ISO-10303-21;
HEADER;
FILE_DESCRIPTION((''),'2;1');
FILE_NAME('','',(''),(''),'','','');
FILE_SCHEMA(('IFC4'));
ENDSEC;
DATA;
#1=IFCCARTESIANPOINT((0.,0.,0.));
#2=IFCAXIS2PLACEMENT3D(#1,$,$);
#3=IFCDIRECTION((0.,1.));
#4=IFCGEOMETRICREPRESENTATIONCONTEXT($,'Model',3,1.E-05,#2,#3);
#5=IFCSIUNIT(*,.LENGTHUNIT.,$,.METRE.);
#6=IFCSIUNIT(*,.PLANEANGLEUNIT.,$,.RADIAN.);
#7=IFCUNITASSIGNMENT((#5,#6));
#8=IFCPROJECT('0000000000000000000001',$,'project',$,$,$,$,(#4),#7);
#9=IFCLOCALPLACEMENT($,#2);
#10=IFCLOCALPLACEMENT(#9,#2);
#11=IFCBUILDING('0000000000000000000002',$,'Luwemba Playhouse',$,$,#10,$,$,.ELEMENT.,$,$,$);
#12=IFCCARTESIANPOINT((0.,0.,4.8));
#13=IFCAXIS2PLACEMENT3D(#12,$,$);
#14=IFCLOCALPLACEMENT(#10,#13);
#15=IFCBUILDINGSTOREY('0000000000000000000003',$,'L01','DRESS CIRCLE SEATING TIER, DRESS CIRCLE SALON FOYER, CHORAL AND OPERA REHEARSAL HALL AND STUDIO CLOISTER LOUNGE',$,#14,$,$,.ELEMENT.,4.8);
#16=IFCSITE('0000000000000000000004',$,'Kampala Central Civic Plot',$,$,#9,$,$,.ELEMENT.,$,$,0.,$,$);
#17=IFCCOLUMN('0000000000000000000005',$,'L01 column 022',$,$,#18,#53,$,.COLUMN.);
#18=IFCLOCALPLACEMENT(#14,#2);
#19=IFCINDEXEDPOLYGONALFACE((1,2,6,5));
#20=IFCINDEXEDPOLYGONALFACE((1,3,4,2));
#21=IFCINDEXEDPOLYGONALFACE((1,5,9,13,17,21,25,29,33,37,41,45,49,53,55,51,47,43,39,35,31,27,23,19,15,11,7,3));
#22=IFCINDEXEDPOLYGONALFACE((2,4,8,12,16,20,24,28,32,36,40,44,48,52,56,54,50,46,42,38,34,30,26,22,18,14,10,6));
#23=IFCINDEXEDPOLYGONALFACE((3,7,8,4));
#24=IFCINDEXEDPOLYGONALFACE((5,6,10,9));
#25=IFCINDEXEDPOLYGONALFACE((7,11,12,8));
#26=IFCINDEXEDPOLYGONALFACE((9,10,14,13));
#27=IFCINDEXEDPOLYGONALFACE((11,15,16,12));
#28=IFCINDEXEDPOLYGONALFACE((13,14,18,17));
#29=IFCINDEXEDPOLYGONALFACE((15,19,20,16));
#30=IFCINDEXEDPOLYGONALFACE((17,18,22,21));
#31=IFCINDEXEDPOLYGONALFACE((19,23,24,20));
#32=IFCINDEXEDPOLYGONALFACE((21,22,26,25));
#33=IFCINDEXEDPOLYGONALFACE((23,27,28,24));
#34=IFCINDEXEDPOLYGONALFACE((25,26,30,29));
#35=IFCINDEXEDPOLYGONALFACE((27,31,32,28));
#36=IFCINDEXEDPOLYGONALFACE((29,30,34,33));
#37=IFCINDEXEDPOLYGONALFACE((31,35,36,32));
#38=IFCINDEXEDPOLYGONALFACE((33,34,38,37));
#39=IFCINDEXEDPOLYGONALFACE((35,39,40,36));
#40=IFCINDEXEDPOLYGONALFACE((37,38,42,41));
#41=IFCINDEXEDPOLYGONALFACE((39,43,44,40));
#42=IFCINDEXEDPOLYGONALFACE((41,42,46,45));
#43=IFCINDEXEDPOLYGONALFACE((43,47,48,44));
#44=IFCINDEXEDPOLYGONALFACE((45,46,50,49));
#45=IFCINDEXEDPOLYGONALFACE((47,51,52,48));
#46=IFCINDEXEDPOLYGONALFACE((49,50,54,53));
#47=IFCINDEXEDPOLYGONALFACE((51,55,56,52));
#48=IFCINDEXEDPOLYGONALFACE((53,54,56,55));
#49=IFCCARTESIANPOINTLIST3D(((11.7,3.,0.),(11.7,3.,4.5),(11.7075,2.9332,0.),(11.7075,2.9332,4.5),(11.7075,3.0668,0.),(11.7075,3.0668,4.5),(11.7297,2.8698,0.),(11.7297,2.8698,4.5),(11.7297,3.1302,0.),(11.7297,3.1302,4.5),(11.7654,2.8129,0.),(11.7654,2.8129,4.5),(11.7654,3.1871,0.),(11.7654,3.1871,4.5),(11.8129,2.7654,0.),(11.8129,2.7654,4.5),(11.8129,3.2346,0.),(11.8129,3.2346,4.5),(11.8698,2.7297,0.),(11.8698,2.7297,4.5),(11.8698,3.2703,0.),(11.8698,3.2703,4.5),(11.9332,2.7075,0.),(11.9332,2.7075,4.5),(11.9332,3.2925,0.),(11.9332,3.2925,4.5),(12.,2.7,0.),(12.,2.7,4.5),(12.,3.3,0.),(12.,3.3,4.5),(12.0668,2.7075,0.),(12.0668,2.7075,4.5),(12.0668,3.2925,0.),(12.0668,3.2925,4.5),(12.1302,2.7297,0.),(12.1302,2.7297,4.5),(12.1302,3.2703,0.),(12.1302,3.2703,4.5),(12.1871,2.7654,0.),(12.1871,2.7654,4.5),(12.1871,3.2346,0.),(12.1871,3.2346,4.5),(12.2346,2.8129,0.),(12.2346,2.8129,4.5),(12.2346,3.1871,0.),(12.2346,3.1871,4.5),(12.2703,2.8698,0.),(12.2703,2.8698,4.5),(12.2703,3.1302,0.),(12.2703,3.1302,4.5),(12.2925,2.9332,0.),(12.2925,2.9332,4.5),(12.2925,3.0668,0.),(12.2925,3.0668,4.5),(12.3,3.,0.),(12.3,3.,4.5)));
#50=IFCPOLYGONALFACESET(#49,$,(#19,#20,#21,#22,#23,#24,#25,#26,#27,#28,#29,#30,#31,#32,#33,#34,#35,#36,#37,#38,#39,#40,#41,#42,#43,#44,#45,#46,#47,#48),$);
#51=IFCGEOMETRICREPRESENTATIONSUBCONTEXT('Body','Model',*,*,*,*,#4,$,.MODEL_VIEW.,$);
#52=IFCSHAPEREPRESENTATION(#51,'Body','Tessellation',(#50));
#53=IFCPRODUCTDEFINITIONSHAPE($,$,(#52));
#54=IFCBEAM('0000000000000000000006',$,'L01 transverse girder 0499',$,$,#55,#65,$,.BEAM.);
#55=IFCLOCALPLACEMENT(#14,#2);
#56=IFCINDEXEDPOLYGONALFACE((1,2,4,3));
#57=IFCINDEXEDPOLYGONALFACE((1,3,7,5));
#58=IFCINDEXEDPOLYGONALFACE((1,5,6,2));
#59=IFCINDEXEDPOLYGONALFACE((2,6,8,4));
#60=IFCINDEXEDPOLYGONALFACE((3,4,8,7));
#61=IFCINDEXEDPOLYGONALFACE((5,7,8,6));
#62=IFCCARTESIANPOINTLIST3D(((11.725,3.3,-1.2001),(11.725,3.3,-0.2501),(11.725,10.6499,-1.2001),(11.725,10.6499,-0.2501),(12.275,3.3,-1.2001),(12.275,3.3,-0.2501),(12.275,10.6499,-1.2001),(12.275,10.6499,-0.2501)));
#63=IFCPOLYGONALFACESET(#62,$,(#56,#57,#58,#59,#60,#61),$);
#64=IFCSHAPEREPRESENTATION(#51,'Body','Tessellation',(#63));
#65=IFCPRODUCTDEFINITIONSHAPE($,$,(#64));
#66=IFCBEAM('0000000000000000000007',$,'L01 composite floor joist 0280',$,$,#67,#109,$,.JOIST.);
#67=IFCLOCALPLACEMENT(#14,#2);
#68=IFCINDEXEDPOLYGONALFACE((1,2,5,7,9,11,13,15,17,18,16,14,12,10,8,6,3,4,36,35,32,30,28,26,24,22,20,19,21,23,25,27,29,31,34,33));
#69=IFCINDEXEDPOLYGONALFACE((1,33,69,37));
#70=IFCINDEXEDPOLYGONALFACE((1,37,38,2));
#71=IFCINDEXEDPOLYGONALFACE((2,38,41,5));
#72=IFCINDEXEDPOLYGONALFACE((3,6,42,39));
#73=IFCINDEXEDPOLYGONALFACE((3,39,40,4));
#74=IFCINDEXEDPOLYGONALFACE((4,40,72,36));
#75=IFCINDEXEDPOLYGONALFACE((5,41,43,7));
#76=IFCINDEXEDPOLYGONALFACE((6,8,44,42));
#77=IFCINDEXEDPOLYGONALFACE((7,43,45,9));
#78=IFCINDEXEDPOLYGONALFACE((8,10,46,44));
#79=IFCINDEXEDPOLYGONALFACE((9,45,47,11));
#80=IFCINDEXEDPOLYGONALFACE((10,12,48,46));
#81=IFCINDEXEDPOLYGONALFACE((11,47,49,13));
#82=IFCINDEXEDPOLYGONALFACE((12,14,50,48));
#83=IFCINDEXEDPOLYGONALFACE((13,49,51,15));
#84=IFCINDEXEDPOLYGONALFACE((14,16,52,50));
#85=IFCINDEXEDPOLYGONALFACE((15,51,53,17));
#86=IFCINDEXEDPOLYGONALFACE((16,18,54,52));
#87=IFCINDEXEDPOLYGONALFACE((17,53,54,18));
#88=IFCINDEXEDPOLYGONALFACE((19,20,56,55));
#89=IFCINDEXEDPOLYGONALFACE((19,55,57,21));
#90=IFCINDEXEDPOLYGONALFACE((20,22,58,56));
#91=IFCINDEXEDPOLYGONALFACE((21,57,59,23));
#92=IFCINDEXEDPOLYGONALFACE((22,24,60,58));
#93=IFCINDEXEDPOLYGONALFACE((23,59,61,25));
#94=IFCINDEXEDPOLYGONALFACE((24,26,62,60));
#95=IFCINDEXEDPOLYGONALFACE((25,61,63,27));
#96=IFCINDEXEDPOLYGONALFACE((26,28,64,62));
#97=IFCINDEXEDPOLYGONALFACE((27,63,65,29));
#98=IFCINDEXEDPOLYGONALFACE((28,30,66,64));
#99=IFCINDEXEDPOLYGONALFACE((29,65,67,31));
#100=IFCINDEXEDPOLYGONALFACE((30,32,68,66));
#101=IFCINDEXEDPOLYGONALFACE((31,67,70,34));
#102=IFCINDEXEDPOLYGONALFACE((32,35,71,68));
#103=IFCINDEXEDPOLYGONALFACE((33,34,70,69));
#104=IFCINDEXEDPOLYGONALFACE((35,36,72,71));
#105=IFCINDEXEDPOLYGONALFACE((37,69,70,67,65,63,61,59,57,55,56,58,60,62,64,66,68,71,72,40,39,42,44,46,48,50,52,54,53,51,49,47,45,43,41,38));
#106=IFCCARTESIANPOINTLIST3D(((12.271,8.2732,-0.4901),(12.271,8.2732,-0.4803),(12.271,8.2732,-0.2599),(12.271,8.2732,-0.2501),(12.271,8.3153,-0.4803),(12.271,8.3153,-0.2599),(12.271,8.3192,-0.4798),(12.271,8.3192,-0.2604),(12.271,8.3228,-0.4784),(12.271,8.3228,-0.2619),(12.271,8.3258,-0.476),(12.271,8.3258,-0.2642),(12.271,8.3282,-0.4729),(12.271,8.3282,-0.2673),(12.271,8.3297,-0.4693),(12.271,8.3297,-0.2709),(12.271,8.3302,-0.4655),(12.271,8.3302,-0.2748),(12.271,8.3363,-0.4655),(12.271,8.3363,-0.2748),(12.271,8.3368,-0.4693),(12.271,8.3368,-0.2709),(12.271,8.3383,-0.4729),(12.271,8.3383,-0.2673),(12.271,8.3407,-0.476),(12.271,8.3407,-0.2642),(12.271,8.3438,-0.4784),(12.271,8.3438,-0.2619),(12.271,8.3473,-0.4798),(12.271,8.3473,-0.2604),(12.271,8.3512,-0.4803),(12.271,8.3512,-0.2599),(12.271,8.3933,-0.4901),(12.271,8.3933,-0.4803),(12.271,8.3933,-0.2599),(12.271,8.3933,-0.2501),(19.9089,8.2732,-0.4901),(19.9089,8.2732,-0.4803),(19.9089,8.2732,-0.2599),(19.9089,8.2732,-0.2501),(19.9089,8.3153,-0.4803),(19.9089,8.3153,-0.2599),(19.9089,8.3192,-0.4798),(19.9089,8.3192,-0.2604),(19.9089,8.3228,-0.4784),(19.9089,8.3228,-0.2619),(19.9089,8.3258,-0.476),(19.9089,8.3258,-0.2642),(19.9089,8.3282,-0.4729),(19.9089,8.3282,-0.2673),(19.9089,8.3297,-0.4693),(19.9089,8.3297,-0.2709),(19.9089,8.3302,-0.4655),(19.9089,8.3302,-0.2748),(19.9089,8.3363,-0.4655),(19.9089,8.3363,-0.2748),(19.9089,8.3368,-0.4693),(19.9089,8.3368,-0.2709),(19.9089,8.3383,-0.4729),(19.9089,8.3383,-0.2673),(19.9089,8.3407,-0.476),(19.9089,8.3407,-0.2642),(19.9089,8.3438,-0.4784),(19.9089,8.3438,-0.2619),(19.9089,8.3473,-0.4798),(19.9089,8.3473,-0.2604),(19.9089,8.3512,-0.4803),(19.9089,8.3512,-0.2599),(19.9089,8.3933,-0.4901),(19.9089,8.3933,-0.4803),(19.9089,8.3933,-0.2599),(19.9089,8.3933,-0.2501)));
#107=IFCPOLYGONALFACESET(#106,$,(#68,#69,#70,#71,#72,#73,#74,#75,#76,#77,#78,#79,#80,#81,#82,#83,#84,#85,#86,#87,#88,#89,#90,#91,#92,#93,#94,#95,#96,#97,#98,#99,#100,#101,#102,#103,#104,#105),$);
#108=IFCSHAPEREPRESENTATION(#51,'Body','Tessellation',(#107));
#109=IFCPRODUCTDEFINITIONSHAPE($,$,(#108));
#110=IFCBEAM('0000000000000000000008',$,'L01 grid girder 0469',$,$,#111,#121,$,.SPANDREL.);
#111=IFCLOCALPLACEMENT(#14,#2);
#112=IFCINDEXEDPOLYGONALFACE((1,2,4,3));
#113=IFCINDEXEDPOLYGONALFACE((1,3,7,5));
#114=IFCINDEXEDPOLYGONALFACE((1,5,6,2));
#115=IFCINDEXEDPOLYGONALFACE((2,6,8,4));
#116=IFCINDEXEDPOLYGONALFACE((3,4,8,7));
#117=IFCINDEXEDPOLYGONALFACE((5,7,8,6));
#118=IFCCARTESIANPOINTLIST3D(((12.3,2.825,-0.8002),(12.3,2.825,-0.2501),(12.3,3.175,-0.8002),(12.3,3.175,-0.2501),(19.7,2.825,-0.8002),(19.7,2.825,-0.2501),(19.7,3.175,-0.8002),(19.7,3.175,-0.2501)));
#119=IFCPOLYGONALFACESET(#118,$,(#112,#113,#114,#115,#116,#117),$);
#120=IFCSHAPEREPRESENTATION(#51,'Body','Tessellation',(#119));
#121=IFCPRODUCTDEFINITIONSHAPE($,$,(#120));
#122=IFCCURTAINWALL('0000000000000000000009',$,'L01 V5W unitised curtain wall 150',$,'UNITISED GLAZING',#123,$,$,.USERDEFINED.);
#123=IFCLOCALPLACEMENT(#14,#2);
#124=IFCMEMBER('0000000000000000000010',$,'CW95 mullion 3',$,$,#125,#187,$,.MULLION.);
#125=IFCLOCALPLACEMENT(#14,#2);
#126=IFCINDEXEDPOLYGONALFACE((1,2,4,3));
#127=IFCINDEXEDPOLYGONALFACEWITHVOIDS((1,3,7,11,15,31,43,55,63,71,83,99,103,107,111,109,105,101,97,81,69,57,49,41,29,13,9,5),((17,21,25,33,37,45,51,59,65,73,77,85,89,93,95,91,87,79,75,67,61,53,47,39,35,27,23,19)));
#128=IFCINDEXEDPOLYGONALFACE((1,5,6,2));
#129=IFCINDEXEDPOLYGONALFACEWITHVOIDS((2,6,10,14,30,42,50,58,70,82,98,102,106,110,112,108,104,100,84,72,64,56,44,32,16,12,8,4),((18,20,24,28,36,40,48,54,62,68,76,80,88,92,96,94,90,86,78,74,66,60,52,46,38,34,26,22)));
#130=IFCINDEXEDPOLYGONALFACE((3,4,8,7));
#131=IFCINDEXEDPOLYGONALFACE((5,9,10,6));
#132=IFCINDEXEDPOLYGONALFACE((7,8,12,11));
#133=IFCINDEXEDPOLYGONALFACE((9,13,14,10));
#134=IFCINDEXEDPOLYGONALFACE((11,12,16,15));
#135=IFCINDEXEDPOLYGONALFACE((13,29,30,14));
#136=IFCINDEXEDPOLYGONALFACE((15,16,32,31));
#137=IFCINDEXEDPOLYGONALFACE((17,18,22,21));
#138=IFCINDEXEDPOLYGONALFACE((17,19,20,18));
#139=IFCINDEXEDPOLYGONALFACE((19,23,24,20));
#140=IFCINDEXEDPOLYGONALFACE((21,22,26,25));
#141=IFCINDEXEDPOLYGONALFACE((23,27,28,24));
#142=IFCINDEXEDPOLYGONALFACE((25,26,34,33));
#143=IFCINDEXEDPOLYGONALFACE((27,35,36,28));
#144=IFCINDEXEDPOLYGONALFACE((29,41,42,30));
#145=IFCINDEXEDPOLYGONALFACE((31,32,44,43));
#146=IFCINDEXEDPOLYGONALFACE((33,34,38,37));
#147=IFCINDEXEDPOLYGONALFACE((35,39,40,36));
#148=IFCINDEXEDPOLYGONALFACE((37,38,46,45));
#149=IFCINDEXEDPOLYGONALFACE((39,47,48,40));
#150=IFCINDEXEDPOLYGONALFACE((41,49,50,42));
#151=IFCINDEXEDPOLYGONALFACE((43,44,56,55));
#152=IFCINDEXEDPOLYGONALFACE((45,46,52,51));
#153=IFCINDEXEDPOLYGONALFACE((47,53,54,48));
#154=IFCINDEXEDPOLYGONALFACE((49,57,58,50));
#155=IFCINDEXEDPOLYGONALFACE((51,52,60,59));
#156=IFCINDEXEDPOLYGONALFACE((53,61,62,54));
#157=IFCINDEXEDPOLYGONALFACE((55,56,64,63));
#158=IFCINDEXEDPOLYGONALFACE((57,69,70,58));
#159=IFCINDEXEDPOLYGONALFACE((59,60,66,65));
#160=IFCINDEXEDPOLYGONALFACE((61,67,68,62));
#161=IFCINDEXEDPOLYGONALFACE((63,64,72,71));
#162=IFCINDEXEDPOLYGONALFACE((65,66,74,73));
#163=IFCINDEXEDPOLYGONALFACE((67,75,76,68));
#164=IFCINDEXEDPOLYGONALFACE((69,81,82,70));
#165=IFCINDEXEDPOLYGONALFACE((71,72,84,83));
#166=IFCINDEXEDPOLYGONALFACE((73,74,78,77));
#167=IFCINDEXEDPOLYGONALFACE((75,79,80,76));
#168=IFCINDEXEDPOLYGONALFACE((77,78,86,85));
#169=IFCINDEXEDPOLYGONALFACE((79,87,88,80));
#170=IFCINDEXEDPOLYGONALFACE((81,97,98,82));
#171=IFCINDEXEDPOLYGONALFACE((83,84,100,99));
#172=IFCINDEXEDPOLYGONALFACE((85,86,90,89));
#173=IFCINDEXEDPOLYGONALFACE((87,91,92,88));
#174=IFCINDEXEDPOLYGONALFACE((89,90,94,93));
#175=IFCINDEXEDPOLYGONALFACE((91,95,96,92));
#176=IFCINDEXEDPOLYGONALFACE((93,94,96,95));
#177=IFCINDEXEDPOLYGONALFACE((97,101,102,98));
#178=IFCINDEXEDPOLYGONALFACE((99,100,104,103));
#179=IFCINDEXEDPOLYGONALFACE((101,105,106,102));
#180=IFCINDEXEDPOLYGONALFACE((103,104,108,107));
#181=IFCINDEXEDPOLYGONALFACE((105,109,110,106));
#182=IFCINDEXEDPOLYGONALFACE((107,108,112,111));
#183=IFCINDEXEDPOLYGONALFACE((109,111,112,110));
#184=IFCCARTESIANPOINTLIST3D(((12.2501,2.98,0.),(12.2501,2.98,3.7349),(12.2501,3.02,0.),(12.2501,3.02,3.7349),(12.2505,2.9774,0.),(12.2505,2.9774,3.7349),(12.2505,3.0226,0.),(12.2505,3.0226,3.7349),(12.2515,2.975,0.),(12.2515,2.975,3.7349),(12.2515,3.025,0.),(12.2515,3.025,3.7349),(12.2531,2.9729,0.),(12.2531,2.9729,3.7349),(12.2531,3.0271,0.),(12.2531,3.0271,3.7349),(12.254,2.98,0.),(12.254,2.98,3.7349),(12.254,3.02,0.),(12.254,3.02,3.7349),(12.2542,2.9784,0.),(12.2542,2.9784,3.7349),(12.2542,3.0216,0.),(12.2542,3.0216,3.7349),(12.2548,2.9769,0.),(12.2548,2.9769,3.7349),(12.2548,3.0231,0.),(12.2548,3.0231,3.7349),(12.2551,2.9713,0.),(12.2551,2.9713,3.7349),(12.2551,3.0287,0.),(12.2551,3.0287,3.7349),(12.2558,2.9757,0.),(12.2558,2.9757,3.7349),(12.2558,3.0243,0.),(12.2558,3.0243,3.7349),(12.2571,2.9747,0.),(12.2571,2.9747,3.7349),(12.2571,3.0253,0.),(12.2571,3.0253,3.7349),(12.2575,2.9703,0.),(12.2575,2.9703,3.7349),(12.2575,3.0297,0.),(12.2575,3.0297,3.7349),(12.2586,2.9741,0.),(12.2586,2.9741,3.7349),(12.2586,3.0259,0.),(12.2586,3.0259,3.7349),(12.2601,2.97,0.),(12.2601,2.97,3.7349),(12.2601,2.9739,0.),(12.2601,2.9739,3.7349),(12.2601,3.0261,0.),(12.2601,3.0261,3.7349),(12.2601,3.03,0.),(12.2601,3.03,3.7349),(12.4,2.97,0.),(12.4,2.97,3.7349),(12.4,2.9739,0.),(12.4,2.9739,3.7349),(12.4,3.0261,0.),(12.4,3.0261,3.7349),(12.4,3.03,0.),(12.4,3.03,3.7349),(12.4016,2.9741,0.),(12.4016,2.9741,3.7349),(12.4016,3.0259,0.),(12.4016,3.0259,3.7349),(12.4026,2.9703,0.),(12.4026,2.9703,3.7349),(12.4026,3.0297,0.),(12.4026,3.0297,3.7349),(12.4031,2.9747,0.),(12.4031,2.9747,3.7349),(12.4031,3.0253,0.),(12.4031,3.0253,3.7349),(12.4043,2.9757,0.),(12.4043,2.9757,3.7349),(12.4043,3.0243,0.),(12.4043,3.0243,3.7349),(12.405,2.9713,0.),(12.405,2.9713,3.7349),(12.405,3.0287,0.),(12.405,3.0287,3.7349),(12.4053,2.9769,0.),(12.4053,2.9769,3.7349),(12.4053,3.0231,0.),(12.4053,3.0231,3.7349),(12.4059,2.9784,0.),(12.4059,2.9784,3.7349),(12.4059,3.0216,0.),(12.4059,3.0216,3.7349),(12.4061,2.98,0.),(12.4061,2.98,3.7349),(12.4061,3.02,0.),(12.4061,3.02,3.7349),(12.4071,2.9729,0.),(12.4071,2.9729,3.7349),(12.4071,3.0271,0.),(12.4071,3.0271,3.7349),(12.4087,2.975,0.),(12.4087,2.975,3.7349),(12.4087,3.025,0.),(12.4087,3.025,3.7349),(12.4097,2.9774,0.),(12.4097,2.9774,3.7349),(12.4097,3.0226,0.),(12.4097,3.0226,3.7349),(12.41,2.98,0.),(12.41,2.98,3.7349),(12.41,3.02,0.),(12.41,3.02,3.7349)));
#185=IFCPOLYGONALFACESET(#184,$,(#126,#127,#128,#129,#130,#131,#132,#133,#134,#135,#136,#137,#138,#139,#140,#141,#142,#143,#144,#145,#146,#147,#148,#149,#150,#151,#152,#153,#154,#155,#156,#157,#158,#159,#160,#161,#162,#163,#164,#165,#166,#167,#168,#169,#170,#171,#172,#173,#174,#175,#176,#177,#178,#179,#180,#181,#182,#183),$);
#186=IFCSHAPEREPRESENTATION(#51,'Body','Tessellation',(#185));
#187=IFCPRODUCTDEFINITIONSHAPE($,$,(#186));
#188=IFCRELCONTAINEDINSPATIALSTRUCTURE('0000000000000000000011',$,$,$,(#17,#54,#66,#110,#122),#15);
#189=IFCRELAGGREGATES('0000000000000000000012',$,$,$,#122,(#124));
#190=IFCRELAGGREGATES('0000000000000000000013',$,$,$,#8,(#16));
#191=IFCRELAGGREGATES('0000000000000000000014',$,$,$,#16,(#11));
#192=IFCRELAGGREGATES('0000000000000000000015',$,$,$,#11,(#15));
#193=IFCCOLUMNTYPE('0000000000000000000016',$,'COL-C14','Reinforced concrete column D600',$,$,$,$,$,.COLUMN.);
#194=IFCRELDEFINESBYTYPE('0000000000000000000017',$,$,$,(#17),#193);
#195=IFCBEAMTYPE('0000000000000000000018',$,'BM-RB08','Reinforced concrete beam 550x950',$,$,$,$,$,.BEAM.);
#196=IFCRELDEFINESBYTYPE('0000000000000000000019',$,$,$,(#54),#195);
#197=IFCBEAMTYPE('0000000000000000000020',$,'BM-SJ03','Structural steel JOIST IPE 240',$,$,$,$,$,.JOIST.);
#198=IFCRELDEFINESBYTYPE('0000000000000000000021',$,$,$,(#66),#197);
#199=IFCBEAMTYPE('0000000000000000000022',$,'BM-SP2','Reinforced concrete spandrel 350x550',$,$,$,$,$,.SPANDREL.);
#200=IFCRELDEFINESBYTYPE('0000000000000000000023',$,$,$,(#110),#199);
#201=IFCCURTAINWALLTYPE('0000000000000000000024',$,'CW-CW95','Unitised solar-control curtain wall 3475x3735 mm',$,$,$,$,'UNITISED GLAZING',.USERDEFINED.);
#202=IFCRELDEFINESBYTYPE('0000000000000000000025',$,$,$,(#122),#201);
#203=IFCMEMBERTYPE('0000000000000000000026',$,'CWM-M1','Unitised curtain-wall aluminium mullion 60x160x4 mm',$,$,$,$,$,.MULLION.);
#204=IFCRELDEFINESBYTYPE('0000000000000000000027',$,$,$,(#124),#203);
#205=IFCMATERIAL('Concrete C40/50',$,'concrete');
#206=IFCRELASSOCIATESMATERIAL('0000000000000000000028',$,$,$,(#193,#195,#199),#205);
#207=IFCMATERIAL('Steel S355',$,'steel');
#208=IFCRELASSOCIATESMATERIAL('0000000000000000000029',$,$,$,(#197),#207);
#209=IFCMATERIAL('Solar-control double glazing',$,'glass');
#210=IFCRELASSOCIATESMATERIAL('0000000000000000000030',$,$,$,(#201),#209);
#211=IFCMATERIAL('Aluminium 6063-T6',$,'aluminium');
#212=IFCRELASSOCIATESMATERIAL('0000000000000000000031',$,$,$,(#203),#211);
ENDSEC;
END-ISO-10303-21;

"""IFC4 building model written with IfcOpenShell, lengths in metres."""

from ifc_helpers import new_model, si_unit, direction, frame, origin, origin_2d, place, context, subcontext, project, spatial, rectangle, hollow_rectangle, circle, i_section, extrude, material, material_profile, profile_set, type_object, element, aggregate, save


model = new_model("IFC4")

# Units and contexts
model_context = context("Model", 3, precision=1e-05, world=origin(), true_north=direction((0.0, 1.0)))
body_context = subcontext(model_context, "Body", "Model", "MODEL_VIEW")
ifc_project = project(units=[si_unit("LENGTHUNIT", "METRE"), si_unit("PLANEANGLEUNIT", "RADIAN")], contexts=[model_context])

# Site, building, storey
site_placement = place(None, origin())
site = spatial("IfcSite", under=ifc_project, at=site_placement, Name="Kampala Central Civic Plot", CompositionType="ELEMENT", RefElevation=0.0)
building_placement = place(site_placement, origin())
building = spatial("IfcBuilding", under=site, at=building_placement, Name="Luwemba Playhouse", CompositionType="ELEMENT")
storey_placement = place(building_placement, frame((0.0, 0.0, 4.8)))
storey = spatial("IfcBuildingStorey", under=building, at=storey_placement, Name="L01", Description="DRESS CIRCLE SEATING TIER, DRESS CIRCLE SALON FOYER, CHORAL AND OPERA REHEARSAL HALL AND STUDIO CLOISTER LOUNGE", CompositionType="ELEMENT", Elevation=4.8)

# Column
ifc_material_1 = material(Name="Concrete C40/50", Category="concrete")
ifc_material_profile_1 = material_profile(ifc_material_1, circle(Radius=0.3, at=origin_2d()))
ifc_profile_set_1 = profile_set([ifc_material_profile_1], Name="Concrete C40/50")
column_type = type_object("IfcColumnType", Name="COL-C14", Description="Reinforced concrete column D600", PredefinedType="COLUMN", material=ifc_profile_set_1)
column_placement = place(storey_placement, frame((12.0, 3.0, 0.0), z_axis=(0.0, 0.0, 1.0), x_axis=(1.0, 0.0, 0.0)))
element("IfcColumn", 1, at=column_placement, inside=storey, type_object=column_type, Name="L01 column 022", PredefinedType="COLUMN", context=body_context, shape_type="SweptSolid", body=[
    extrude(circle(Radius=0.3, at=origin_2d()), origin(), (0.0, 0.0, 1.0), 4.5),
])

# Beams
ifc_material_profile_2 = material_profile(ifc_material_1, rectangle(XDim=0.55, YDim=0.95, at=origin_2d()))
ifc_profile_set_2 = profile_set([ifc_material_profile_2], Name="Concrete C40/50")
beam_type_1 = type_object("IfcBeamType", Name="BM-RB08", Description="Reinforced concrete beam 550x950", PredefinedType="BEAM", material=ifc_profile_set_2)
beam_1_placement = place(storey_placement, frame((12.0, 3.3, -0.7251), z_axis=(0.0, 1.0, 0.0), x_axis=(-1.0, 0.0, 0.0)))
element("IfcBeam", 2, at=beam_1_placement, inside=storey, type_object=beam_type_1, Name="L01 transverse girder 0499", PredefinedType="BEAM", context=body_context, shape_type="SweptSolid", body=[
    extrude(rectangle(XDim=0.55, YDim=0.95, at=origin_2d()), origin(), (0.0, 0.0, 1.0), 7.3499),
])
ifc_material_2 = material(Name="Steel S355", Category="steel")
ifc_material_profile_3 = material_profile(ifc_material_2, i_section(OverallWidth=0.1201, OverallDepth=0.24, WebThickness=0.0061, FlangeThickness=0.0098, FilletRadius=0.0149, at=origin_2d()))
ifc_profile_set_3 = profile_set([ifc_material_profile_3], Name="Steel S355")
beam_type_2 = type_object("IfcBeamType", Name="BM-SJ03", Description="Structural steel JOIST IPE 240", PredefinedType="JOIST", material=ifc_profile_set_3)
beam_2_placement = place(storey_placement, frame((12.271, 8.3333, -0.3701), z_axis=(1.0, 0.0, 0.0), x_axis=(0.0, 1.0, 0.0)))
element("IfcBeam", 3, at=beam_2_placement, inside=storey, type_object=beam_type_2, Name="L01 composite floor joist 0280", PredefinedType="JOIST", context=body_context, shape_type="SweptSolid", body=[
    extrude(i_section(OverallWidth=0.1201, OverallDepth=0.24, WebThickness=0.0061, FlangeThickness=0.0098, FilletRadius=0.0149, at=origin_2d()), origin(), (0.0, 0.0, 1.0), 7.6379),
])
ifc_material_profile_4 = material_profile(ifc_material_1, rectangle(XDim=0.3501, YDim=0.55, at=origin_2d()))
ifc_profile_set_4 = profile_set([ifc_material_profile_4], Name="Concrete C40/50")
beam_type_3 = type_object("IfcBeamType", Name="BM-SP2", Description="Reinforced concrete spandrel 350x550", PredefinedType="SPANDREL", material=ifc_profile_set_4)
beam_3_placement = place(storey_placement, frame((12.3, 3.0, -0.5251), z_axis=(1.0, 0.0, 0.0), x_axis=(0.0, 1.0, 0.0)))
element("IfcBeam", 4, at=beam_3_placement, inside=storey, type_object=beam_type_3, Name="L01 grid girder 0469", PredefinedType="SPANDREL", context=body_context, shape_type="SweptSolid", body=[
    extrude(rectangle(XDim=0.3501, YDim=0.55, at=origin_2d()), origin(), (0.0, 0.0, 1.0), 7.3999),
])

# Curtain wall, member
ifc_material_3 = material(Name="Solar-control double glazing", Category="glass")
curtain_wall_type_1 = type_object("IfcCurtainWallType", Name="CW-CW95", Description="Unitised solar-control curtain wall 3475x3735 mm", ElementType="UNITISED GLAZING", PredefinedType="USERDEFINED", material=ifc_material_3)
curtain_wall_1_placement = place(storey_placement, origin())
curtain_wall_1 = element("IfcCurtainWall", 5, at=curtain_wall_1_placement, inside=storey, type_object=curtain_wall_type_1, Name="L01 V5W unitised curtain wall 150", ObjectType="UNITISED GLAZING", PredefinedType="USERDEFINED")
ifc_material_4 = material(Name="Aluminium 6063-T6", Category="aluminium")
ifc_material_profile_5 = material_profile(ifc_material_4, hollow_rectangle(XDim=0.0601, YDim=0.1599, WallThickness=0.0039, InnerFilletRadius=0.0061, OuterFilletRadius=0.01, at=origin_2d()))
ifc_profile_set_5 = profile_set([ifc_material_profile_5], Name="Aluminium 6063-T6")
member_type_1 = type_object("IfcMemberType", Name="CWM-M1", Description="Unitised curtain-wall aluminium mullion 60x160x4 mm", PredefinedType="MULLION", material=ifc_profile_set_5)
member_1_placement = place(storey_placement, frame((12.3301, 3.0, 0.0), z_axis=(0.0, 0.0, 1.0), x_axis=(0.0, -1.0, 0.0)))
member_1 = element("IfcMember", 6, at=member_1_placement, type_object=member_type_1, Name="CW95 mullion 3", PredefinedType="MULLION", context=body_context, shape_type="SweptSolid", body=[
    extrude(hollow_rectangle(XDim=0.0601, YDim=0.1599, WallThickness=0.0039, InnerFilletRadius=0.0061, OuterFilletRadius=0.01, at=origin_2d()), origin(), (0.0, 0.0, 1.0), 3.7349),
])

aggregate(curtain_wall_1, [member_1])

save(model, "model.ifc")
